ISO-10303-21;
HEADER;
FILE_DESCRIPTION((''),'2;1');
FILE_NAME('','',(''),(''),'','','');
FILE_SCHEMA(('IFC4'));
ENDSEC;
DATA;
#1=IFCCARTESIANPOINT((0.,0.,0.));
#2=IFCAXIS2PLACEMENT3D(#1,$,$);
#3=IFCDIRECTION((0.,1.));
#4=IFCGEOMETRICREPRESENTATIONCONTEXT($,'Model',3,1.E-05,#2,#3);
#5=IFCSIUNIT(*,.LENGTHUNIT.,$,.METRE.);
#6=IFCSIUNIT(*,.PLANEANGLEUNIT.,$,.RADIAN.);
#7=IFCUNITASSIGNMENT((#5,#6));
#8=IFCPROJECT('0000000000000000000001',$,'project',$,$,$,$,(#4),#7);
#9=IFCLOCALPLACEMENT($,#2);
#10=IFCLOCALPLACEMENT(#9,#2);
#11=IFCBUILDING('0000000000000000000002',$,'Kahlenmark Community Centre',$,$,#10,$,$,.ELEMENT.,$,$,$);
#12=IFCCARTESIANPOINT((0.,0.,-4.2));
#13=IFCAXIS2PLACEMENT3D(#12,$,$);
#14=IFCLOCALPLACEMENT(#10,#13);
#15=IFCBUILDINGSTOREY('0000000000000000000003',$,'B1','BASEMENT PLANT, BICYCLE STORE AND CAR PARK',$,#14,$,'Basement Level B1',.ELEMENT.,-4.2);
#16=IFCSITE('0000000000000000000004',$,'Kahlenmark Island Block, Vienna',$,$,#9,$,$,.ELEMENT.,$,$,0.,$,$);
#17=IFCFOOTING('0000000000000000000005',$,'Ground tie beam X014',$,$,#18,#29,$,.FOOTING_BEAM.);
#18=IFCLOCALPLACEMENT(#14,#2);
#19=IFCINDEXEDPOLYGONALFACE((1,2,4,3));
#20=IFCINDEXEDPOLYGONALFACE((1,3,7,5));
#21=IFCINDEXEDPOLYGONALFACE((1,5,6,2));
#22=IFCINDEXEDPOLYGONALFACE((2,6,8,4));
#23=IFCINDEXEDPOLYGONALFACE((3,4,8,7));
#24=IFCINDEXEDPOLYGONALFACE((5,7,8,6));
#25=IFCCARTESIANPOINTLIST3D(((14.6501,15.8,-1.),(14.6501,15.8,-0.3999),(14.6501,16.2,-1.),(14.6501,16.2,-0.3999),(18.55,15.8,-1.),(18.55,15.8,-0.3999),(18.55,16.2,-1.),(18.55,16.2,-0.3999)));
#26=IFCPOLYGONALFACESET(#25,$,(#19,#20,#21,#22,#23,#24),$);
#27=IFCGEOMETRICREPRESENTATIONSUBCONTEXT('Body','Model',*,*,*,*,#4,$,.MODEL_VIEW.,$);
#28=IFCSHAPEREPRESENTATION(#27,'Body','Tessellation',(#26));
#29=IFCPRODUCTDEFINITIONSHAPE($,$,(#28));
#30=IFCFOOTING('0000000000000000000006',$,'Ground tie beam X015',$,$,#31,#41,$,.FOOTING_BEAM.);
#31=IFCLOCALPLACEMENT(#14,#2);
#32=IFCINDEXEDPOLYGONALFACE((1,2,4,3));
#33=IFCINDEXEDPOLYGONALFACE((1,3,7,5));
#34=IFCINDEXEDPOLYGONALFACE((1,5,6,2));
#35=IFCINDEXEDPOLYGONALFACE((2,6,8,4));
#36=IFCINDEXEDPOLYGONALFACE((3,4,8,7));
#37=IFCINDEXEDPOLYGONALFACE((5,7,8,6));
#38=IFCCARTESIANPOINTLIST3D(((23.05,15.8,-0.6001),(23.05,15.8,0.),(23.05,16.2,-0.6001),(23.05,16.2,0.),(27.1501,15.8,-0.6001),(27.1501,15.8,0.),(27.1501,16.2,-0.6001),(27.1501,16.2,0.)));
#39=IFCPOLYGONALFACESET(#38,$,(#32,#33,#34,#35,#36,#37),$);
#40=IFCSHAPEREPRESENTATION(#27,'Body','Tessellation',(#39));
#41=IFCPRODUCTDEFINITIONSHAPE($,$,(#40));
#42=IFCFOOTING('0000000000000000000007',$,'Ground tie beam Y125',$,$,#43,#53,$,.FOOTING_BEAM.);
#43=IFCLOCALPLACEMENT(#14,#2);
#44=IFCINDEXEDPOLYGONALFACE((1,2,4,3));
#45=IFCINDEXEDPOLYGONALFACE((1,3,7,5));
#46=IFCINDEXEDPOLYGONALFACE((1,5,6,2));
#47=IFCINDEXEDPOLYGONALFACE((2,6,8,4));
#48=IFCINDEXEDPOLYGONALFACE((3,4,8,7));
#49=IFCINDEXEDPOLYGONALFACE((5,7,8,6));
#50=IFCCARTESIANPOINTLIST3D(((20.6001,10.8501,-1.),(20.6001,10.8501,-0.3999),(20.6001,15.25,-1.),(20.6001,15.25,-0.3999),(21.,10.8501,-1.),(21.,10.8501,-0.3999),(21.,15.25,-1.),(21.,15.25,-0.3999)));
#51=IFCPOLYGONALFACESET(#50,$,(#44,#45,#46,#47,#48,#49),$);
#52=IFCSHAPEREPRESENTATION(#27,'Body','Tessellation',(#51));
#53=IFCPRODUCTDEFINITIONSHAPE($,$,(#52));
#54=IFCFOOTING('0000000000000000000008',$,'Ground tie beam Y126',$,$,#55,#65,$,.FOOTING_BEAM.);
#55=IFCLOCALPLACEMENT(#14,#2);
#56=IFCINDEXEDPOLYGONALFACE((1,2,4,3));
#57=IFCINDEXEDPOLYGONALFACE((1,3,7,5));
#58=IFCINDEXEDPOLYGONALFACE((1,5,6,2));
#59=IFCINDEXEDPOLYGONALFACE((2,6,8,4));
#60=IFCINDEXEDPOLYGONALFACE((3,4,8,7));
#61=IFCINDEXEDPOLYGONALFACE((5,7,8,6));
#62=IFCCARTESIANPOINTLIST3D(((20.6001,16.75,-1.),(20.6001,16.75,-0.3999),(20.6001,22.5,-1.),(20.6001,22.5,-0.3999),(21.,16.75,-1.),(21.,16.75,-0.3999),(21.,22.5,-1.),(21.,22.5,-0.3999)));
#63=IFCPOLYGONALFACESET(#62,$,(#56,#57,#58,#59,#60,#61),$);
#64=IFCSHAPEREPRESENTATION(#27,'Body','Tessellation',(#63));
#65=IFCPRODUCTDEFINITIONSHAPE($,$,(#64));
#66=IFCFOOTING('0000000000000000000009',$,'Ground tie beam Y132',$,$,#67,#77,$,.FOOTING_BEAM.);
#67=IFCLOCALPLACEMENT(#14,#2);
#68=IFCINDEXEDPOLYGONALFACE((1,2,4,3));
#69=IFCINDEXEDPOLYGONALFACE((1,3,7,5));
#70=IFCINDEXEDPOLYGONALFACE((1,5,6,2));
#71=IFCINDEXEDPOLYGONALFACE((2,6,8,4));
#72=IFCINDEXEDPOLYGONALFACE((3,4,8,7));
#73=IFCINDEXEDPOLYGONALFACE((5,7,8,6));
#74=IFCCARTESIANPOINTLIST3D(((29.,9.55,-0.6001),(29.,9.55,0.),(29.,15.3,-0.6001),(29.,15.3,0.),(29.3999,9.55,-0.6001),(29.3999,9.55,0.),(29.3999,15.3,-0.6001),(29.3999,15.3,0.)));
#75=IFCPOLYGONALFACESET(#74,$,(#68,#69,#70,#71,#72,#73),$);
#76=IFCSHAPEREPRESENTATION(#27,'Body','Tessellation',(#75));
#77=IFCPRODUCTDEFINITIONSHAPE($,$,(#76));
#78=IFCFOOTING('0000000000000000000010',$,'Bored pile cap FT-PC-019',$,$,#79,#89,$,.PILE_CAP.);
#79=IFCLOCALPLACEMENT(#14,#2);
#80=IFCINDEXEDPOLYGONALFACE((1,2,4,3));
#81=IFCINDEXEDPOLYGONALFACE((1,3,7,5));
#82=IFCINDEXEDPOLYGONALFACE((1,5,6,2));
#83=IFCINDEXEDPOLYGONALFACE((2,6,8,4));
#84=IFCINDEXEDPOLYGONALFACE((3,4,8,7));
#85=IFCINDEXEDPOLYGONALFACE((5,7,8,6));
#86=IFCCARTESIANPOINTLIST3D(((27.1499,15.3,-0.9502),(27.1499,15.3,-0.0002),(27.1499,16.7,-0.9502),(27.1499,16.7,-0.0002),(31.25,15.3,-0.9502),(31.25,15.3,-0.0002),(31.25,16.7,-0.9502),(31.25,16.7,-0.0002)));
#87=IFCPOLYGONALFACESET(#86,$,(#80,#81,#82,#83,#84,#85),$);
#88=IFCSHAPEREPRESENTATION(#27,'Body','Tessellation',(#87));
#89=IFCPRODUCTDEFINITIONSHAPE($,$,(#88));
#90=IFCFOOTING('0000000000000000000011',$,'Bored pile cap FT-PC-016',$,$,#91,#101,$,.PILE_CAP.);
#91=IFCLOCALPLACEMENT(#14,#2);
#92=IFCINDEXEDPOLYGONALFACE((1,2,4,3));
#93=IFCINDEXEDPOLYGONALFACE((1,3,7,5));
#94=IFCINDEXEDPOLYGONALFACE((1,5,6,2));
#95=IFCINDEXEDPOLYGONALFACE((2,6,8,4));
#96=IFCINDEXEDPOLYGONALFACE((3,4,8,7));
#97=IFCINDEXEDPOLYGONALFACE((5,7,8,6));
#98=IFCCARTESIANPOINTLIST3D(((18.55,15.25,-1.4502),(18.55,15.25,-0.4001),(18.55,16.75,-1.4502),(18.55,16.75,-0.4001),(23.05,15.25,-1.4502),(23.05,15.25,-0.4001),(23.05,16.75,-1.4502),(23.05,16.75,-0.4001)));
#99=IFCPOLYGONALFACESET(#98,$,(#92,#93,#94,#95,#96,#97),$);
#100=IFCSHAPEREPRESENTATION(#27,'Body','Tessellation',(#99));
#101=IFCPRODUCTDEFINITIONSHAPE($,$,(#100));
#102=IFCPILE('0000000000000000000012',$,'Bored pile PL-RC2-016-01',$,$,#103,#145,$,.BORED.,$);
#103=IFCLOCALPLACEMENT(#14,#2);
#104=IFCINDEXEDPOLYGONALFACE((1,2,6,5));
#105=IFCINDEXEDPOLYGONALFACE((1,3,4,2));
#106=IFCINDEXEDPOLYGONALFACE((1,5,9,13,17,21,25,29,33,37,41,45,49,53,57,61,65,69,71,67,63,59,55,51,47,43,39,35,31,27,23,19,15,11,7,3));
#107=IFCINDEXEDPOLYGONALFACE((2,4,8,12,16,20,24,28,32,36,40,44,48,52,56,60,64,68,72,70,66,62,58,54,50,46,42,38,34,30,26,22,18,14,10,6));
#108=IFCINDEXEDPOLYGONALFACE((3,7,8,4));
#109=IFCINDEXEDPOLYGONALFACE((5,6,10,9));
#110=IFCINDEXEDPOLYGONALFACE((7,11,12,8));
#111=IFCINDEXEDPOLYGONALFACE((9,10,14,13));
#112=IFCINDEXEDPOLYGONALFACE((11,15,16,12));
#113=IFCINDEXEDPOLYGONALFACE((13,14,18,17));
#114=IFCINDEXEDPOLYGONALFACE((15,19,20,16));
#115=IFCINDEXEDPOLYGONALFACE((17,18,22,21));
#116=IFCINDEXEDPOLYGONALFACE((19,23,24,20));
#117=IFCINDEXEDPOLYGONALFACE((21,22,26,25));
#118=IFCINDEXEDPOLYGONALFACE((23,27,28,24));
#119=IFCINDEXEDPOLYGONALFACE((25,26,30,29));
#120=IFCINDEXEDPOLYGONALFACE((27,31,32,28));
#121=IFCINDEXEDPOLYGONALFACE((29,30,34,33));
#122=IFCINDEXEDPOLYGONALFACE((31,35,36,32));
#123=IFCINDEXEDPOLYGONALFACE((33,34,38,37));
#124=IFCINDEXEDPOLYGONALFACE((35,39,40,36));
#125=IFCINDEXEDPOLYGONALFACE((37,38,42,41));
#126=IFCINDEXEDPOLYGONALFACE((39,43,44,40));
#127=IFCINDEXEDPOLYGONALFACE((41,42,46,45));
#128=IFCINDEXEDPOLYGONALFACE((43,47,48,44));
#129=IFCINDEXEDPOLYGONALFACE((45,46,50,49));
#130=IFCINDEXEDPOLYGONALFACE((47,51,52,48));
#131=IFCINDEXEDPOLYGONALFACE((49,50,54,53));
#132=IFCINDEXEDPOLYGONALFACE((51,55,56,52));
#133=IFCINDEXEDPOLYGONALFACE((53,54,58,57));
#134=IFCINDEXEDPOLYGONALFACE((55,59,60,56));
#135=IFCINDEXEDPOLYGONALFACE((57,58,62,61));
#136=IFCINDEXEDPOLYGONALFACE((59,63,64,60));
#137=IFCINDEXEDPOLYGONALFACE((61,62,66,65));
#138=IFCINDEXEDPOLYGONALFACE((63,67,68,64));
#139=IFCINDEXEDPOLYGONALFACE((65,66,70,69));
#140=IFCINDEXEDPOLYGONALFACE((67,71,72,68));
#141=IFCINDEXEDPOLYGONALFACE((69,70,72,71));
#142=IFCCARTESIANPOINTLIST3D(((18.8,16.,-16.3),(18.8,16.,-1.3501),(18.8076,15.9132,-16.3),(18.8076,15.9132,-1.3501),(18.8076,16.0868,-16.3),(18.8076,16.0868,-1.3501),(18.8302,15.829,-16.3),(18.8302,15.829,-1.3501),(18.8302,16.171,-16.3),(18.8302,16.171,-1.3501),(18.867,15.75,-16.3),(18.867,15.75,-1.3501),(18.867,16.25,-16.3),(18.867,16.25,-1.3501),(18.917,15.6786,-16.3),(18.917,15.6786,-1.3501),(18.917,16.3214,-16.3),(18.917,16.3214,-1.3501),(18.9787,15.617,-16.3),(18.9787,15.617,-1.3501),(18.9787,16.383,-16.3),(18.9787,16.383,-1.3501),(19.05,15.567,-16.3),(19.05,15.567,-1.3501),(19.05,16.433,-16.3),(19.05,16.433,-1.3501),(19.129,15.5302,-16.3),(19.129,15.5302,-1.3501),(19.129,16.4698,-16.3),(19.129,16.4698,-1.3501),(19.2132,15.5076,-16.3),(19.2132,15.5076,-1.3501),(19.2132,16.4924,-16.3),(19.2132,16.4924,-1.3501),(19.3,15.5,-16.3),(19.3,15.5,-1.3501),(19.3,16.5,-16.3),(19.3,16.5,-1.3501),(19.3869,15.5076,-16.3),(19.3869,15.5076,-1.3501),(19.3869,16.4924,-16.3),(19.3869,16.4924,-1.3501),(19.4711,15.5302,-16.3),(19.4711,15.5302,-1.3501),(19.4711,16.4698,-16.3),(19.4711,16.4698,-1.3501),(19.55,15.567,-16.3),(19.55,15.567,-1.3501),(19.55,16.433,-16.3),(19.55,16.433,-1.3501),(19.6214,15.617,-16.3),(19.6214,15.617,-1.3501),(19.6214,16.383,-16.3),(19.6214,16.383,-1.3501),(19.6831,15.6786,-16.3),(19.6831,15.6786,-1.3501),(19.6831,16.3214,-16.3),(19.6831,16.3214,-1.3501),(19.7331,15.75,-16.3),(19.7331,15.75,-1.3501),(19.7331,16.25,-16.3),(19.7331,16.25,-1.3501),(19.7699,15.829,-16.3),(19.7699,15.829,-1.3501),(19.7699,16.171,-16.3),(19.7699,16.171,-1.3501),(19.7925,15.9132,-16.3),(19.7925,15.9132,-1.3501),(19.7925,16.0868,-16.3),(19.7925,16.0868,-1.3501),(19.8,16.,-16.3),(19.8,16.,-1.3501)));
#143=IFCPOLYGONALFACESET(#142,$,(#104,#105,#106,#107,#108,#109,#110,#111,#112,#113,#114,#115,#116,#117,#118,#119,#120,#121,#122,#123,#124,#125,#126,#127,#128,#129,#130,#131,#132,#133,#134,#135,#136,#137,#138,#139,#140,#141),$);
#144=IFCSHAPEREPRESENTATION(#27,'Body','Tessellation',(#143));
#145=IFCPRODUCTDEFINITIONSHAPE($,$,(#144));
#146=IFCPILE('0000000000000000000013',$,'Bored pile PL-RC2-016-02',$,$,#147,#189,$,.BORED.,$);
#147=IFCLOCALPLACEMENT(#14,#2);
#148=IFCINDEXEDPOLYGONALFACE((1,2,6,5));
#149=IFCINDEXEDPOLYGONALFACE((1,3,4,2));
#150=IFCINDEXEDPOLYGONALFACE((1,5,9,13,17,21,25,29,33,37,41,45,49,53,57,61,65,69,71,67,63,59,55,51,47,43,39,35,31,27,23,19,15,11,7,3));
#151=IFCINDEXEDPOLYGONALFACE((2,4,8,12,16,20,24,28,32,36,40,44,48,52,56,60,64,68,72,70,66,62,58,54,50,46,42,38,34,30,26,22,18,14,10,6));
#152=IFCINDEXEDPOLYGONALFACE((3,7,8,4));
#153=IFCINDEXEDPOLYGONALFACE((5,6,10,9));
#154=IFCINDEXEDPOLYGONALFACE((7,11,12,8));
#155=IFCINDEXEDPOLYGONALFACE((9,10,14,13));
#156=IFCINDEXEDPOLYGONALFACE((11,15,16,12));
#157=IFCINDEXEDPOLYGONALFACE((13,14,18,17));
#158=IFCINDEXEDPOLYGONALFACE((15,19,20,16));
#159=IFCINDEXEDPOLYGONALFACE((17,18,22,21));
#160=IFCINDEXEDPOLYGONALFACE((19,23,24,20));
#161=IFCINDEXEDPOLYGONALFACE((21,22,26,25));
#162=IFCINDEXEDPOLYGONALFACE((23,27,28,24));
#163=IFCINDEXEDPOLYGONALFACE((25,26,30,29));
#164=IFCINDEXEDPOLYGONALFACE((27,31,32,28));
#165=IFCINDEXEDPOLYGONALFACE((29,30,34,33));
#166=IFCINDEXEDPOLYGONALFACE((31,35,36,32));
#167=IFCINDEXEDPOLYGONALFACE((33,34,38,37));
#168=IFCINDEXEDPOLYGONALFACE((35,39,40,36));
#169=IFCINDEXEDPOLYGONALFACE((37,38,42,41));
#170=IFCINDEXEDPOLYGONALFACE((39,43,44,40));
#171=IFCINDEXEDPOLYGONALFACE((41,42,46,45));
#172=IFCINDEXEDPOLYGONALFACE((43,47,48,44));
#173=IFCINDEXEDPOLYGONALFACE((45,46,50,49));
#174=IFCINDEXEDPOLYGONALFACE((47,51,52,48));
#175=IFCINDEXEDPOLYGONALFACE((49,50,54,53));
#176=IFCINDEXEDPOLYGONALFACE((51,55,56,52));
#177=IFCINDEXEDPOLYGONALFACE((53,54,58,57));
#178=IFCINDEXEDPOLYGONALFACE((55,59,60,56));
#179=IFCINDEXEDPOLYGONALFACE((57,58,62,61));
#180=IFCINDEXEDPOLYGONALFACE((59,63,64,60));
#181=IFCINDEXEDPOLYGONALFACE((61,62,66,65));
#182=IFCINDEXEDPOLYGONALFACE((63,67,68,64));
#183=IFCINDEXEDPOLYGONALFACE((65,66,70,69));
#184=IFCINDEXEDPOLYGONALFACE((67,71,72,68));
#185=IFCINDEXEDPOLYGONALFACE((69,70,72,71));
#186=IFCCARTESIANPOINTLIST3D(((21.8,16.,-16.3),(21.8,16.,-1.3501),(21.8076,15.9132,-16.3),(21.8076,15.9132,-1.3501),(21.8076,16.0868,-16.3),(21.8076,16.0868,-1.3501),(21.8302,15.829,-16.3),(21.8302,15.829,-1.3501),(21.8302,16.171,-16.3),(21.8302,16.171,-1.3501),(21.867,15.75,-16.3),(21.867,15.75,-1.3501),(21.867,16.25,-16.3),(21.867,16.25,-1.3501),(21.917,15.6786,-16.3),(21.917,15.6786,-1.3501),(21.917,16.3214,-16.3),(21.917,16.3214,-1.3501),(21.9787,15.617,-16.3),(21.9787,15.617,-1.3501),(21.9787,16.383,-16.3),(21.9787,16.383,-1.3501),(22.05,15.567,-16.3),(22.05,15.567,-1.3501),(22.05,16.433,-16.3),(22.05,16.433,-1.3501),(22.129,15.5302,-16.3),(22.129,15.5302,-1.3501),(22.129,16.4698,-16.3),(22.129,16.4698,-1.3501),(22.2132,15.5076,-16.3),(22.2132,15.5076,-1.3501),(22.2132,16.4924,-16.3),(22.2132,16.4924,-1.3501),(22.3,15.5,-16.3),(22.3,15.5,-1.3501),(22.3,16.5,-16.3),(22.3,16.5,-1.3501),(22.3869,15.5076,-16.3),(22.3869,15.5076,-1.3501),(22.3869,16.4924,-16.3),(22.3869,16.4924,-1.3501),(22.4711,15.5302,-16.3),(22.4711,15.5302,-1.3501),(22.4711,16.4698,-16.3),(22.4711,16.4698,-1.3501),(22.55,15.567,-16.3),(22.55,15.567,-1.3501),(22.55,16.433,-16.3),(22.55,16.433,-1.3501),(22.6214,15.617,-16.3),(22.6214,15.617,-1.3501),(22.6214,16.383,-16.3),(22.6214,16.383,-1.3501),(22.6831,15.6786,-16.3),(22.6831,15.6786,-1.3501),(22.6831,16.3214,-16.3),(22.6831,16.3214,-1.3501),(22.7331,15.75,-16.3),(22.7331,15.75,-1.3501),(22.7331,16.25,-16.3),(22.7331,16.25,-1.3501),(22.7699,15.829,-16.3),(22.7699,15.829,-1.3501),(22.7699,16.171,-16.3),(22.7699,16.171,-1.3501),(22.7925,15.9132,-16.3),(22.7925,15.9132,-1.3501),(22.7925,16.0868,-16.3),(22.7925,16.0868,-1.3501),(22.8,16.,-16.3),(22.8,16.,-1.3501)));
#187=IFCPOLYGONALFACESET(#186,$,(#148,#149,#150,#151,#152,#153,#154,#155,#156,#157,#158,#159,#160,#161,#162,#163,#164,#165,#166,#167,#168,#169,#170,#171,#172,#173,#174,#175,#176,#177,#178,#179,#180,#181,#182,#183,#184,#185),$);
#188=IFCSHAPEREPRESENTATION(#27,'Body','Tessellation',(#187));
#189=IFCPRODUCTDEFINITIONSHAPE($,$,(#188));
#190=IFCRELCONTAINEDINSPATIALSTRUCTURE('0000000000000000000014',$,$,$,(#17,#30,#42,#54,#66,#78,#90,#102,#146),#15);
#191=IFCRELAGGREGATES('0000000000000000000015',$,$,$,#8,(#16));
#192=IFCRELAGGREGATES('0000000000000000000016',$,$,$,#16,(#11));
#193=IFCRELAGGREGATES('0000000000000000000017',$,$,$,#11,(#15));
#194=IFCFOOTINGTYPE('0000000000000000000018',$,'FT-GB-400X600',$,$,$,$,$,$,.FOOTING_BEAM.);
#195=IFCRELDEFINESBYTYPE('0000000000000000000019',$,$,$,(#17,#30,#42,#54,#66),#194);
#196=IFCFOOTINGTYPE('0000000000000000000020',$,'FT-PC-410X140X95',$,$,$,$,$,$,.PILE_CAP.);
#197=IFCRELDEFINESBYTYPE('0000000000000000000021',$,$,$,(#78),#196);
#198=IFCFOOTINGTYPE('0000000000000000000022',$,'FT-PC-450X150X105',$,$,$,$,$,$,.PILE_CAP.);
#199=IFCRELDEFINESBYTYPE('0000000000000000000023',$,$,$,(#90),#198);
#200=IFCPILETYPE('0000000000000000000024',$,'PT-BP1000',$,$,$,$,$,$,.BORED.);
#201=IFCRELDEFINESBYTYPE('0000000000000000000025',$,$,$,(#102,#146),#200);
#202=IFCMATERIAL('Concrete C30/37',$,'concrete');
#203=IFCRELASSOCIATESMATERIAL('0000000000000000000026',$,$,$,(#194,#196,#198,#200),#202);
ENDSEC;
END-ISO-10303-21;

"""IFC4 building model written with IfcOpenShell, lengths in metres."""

from ifc_helpers import new_model, si_unit, direction, frame, origin, origin_2d, place, context, subcontext, project, spatial, rectangle, circle, extrude, material, material_profile, profile_set, type_object, element, save


model = new_model("IFC4")

# Units and contexts
model_context = context("Model", 3, precision=1e-05, world=origin(), true_north=direction((0.0, 1.0)))
body_context = subcontext(model_context, "Body", "Model", "MODEL_VIEW")
ifc_project = project(units=[si_unit("LENGTHUNIT", "METRE"), si_unit("PLANEANGLEUNIT", "RADIAN")], contexts=[model_context])

# Site, building, storey
site_placement = place(None, origin())
site = spatial("IfcSite", under=ifc_project, at=site_placement, Name="Kahlenmark Island Block, Vienna", CompositionType="ELEMENT", RefElevation=0.0)
building_placement = place(site_placement, origin())
building = spatial("IfcBuilding", under=site, at=building_placement, Name="Kahlenmark Community Centre", CompositionType="ELEMENT")
storey_placement = place(building_placement, frame((0.0, 0.0, -4.2)))
storey = spatial("IfcBuildingStorey", under=building, at=storey_placement, Name="B1", Description="BASEMENT PLANT, BICYCLE STORE AND CAR PARK", LongName="Basement Level B1", CompositionType="ELEMENT", Elevation=-4.2)

# Footings
ifc_material_1 = material(Name="Concrete C30/37", Category="concrete")
footing_type_1 = type_object("IfcFootingType", Name="FT-GB-400X600", PredefinedType="FOOTING_BEAM", material=ifc_material_1)
footing_1_placement = place(storey_placement, frame((16.6001, 16.0, -1.0), z_axis=(0.0, 0.0, 1.0), x_axis=(1.0, 0.0, 0.0)))
element("IfcFooting", 1, at=footing_1_placement, inside=storey, type_object=footing_type_1, Name="Ground tie beam X014", PredefinedType="FOOTING_BEAM", context=body_context, shape_type="SweptSolid", body=[
    extrude(rectangle(XDim=3.8999, YDim=0.3999, at=origin_2d()), origin(), (0.0, 0.0, 1.0), 0.6001),
])
footing_2_placement = place(storey_placement, frame((25.1001, 16.0, -0.6001), z_axis=(0.0, 0.0, 1.0), x_axis=(1.0, 0.0, 0.0)))
element("IfcFooting", 2, at=footing_2_placement, inside=storey, type_object=footing_type_1, Name="Ground tie beam X015", PredefinedType="FOOTING_BEAM", context=body_context, shape_type="SweptSolid", body=[
    extrude(rectangle(XDim=4.1001, YDim=0.3999, at=origin_2d()), origin(), (0.0, 0.0, 1.0), 0.6001),
])
footing_3_placement = place(storey_placement, frame((20.8, 13.05, -1.0), z_axis=(0.0, 0.0, 1.0), x_axis=(1.0, 0.0, 0.0)))
element("IfcFooting", 3, at=footing_3_placement, inside=storey, type_object=footing_type_1, Name="Ground tie beam Y125", PredefinedType="FOOTING_BEAM", context=body_context, shape_type="SweptSolid", body=[
    extrude(rectangle(XDim=0.3999, YDim=4.3999, at=origin_2d()), origin(), (0.0, 0.0, 1.0), 0.6001),
])
for number, where, z_axis, x_axis, name in (
    (4, (20.8, 19.625, -1.0), (0.0, 0.0, 1.0), (1.0, 0.0, 0.0), "Ground tie beam Y126"),
    (5, (29.2, 12.425, -0.6001), (0.0, 0.0, 1.0), (1.0, 0.0, 0.0), "Ground tie beam Y132"),
):
    element("IfcFooting", number, at=place(storey_placement, frame(where, z_axis=z_axis, x_axis=x_axis)), inside=storey, type_object=footing_type_1, Name=name, PredefinedType="FOOTING_BEAM", context=body_context, shape_type="SweptSolid", body=[
        extrude(rectangle(XDim=0.3999, YDim=5.75, at=origin_2d()), origin(), (0.0, 0.0, 1.0), 0.6001),
    ])
footing_type_2 = type_object("IfcFootingType", Name="FT-PC-410X140X95", PredefinedType="PILE_CAP", material=ifc_material_1)
footing_4_placement = place(storey_placement, frame((29.2, 16.0, -0.9502), z_axis=(0.0, 0.0, 1.0), x_axis=(1.0, 0.0, 0.0)))
element("IfcFooting", 6, at=footing_4_placement, inside=storey, type_object=footing_type_2, Name="Bored pile cap FT-PC-019", PredefinedType="PILE_CAP", context=body_context, shape_type="SweptSolid", body=[
    extrude(rectangle(XDim=4.1001, YDim=1.3999, at=origin_2d()), origin(), (0.0, 0.0, 1.0), 0.95),
])
footing_type_3 = type_object("IfcFootingType", Name="FT-PC-450X150X105", PredefinedType="PILE_CAP", material=ifc_material_1)
footing_5_placement = place(storey_placement, frame((20.8, 16.0, -1.4502), z_axis=(0.0, 0.0, 1.0), x_axis=(1.0, 0.0, 0.0)))
element("IfcFooting", 7, at=footing_5_placement, inside=storey, type_object=footing_type_3, Name="Bored pile cap FT-PC-016", PredefinedType="PILE_CAP", context=body_context, shape_type="SweptSolid", body=[
    extrude(rectangle(XDim=4.5, YDim=1.5, at=origin_2d()), origin(), (0.0, 0.0, 1.0), 1.05),
])

# Piles
ifc_material_profile_1 = material_profile(ifc_material_1, circle(Radius=0.5, at=origin_2d()), Name="BORED PILE 1000")
ifc_profile_set_1 = profile_set([ifc_material_profile_1], Name="Concrete C30/37")
pile_type_1 = type_object("IfcPileType", Name="PT-BP1000", PredefinedType="BORED", material=ifc_profile_set_1)
for number, where, z_axis, x_axis, name in (
    (8, (19.3, 16.0, -1.3501), (0.0, 0.0, -1.0), (1.0, 0.0, 0.0), "Bored pile PL-RC2-016-01"),
    (9, (22.3, 16.0, -1.3501), (0.0, 0.0, -1.0), (1.0, 0.0, 0.0), "Bored pile PL-RC2-016-02"),
):
    element("IfcPile", number, at=place(storey_placement, frame(where, z_axis=z_axis, x_axis=x_axis)), inside=storey, type_object=pile_type_1, Name=name, PredefinedType="BORED", context=body_context, shape_type="SweptSolid", body=[
        extrude(circle(Radius=0.5, at=origin_2d()), origin(), (0.0, 0.0, 1.0), 14.95),
    ])

save(model, "model.ifc")
